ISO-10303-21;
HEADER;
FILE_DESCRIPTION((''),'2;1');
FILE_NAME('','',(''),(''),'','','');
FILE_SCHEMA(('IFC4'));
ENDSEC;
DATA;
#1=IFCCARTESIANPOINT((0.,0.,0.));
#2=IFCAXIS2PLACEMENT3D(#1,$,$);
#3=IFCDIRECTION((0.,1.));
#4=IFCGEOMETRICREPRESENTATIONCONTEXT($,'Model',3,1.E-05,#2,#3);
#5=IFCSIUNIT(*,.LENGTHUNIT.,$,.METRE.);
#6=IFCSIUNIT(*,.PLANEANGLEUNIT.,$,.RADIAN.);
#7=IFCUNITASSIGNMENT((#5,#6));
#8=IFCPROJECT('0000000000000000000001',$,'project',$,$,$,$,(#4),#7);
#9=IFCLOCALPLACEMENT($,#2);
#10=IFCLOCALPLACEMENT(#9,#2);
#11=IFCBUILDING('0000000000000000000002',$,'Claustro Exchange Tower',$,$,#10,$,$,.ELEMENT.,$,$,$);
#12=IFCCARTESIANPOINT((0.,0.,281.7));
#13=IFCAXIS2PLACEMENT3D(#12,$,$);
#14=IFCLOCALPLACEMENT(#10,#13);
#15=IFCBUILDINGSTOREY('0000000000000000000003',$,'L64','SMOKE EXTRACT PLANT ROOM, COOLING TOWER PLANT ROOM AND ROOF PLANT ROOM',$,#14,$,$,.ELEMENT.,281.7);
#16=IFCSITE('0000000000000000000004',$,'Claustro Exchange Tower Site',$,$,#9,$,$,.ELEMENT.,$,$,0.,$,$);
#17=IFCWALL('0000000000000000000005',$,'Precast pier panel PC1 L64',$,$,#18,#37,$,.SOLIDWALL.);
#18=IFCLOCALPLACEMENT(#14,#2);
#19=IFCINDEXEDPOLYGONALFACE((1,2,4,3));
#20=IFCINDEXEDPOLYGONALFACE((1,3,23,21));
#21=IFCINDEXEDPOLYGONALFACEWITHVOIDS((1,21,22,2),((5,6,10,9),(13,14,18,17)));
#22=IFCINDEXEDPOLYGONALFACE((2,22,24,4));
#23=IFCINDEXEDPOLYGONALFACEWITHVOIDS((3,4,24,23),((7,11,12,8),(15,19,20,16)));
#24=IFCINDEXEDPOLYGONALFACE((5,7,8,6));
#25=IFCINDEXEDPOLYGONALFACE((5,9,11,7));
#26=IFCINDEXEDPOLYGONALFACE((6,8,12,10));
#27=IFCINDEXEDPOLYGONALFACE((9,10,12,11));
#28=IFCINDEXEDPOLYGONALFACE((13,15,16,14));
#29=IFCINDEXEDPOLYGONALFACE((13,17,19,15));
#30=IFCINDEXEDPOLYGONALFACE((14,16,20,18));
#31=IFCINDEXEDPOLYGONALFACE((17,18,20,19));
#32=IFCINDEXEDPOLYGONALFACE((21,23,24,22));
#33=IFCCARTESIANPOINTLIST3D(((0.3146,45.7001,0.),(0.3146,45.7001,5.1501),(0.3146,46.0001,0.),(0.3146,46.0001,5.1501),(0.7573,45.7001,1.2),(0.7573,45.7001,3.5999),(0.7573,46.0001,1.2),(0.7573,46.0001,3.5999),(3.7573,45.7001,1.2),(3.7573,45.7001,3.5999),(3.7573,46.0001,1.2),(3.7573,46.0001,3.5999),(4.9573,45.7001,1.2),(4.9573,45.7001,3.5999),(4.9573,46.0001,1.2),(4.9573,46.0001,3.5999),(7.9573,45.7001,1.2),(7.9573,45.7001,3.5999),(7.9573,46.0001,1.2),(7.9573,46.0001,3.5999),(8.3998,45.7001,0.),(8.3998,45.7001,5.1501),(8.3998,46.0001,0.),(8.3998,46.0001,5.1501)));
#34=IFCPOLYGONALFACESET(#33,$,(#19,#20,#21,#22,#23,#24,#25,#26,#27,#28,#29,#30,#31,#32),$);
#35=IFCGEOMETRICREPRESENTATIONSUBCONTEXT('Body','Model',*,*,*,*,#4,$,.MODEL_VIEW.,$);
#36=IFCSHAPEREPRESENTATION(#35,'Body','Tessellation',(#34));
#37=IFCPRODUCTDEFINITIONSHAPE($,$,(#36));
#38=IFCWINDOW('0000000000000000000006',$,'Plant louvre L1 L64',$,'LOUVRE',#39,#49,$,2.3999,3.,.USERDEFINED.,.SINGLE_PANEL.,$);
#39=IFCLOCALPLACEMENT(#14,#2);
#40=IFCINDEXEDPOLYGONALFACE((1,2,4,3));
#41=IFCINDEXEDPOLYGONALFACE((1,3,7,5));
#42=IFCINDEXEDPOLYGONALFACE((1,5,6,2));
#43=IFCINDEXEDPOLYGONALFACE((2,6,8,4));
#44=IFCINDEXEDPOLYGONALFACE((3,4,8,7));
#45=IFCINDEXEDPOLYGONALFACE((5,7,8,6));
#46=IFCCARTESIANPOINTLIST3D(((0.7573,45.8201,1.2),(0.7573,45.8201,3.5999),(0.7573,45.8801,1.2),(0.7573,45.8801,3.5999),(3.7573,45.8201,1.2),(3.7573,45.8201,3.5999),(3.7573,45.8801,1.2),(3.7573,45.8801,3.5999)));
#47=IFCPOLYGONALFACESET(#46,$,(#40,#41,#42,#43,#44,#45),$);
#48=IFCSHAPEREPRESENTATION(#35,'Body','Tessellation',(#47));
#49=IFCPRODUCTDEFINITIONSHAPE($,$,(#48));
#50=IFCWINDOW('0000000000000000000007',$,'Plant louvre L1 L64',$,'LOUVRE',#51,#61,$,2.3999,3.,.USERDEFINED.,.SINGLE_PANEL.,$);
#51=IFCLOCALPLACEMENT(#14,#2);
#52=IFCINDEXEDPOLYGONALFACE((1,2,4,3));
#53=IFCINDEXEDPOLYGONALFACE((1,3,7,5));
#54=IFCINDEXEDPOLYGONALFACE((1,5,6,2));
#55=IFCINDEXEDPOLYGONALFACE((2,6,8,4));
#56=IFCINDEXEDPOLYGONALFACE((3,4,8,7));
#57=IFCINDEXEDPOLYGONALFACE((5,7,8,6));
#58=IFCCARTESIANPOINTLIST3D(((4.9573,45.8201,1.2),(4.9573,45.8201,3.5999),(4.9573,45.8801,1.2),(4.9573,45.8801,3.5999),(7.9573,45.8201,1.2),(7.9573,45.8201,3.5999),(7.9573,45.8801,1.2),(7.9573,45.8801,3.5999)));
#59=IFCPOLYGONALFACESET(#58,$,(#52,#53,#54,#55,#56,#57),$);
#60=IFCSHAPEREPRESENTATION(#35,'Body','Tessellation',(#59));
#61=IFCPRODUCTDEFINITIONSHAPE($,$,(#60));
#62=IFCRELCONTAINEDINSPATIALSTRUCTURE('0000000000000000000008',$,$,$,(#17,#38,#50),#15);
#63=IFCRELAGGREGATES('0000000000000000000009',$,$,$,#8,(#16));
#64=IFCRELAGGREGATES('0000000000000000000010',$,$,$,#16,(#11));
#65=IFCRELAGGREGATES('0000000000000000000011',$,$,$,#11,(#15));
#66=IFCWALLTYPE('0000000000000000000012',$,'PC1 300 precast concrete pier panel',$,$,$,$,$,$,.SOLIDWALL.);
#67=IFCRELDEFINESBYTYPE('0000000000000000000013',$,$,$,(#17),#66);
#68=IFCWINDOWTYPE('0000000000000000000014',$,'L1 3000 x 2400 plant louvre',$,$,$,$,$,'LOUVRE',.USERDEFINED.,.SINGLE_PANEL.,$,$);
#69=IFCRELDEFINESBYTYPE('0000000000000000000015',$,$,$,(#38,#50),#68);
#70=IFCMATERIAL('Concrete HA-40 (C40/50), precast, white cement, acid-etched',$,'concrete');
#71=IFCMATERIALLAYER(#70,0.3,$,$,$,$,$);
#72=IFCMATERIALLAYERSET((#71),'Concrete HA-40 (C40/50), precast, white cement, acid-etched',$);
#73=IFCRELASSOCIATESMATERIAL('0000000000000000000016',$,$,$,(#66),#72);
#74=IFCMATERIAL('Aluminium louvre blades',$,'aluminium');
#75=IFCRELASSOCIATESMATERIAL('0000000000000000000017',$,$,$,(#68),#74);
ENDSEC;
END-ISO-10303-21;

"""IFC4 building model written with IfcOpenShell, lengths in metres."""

from ifc_helpers import new_model, si_unit, direction, frame, frame_2d, origin, place, context, subcontext, project, spatial, rectangle, extrude, material, layer, layer_set, type_object, element, fill, save


model = new_model("IFC4")

# Units and contexts
model_context = context("Model", 3, precision=1e-05, world=origin(), true_north=direction((0.0, 1.0)))
body_context = subcontext(model_context, "Body", "Model", "MODEL_VIEW")
ifc_project = project(units=[si_unit("LENGTHUNIT", "METRE"), si_unit("PLANEANGLEUNIT", "RADIAN")], contexts=[model_context])

# Site, building, storey
site_placement = place(None, origin())
site = spatial("IfcSite", under=ifc_project, at=site_placement, Name="Claustro Exchange Tower Site", CompositionType="ELEMENT", RefElevation=0.0)
building_placement = place(site_placement, origin())
building = spatial("IfcBuilding", under=site, at=building_placement, Name="Claustro Exchange Tower", CompositionType="ELEMENT")
storey_placement = place(building_placement, frame((0.0, 0.0, 281.7)))
storey = spatial("IfcBuildingStorey", under=building, at=storey_placement, Name="L64", Description="SMOKE EXTRACT PLANT ROOM, COOLING TOWER PLANT ROOM AND ROOF PLANT ROOM", CompositionType="ELEMENT", Elevation=281.7)

# Shared definitions
ifc_material_1 = material(Name="Concrete HA-40 (C40/50), precast, white cement, acid-etched", Category="concrete")
ifc_layer_1 = layer(ifc_material_1, 0.3)
ifc_layer_set_1 = layer_set([ifc_layer_1], Name="Concrete HA-40 (C40/50), precast, white cement, acid-etched")
wall_type_1 = type_object("IfcWallType", Name="PC1 300 precast concrete pier panel", PredefinedType="SOLIDWALL", material=ifc_layer_set_1)

# Wall, openings, windows
wall_1_placement = place(storey_placement, frame((0.3147, 45.8501, 0.0), z_axis=(0.0, 0.0, 1.0), x_axis=(1.0, 0.0, 0.0)))
wall_1 = element("IfcWall", 1, at=wall_1_placement, inside=storey, type_object=wall_type_1, Name="Precast pier panel PC1 L64", PredefinedType="SOLIDWALL", context=body_context, shape_type="SweptSolid", body=[
    extrude(rectangle(XDim=8.0852, YDim=0.3, at=frame_2d((4.0425, 0.0))), origin(), (0.0, 0.0, 1.0), 5.1501),
])
opening_1_placement = place(wall_1_placement, frame((0.4426, 0.0, 1.2)))
opening_1 = element("IfcOpeningElement", 2, at=opening_1_placement, cuts=wall_1, PredefinedType="OPENING", context=body_context, shape_type="SweptSolid", body=[
    extrude(rectangle(XDim=3.0, YDim=2.3999, at=frame_2d((1.5, 1.2))), frame((0.0, 0.1599, 0.0), z_axis=(0.0, -1.0, 0.0), x_axis=(1.0, 0.0, 0.0)), (0.0, 0.0, 1.0), 0.3201),
])
opening_2_placement = place(wall_1_placement, frame((4.6426, 0.0, 1.2)))
opening_2 = element("IfcOpeningElement", 3, at=opening_2_placement, cuts=wall_1, PredefinedType="OPENING", context=body_context, shape_type="SweptSolid", body=[
    extrude(rectangle(XDim=3.0, YDim=2.3999, at=frame_2d((1.5, 1.2))), frame((0.0, 0.1599, 0.0), z_axis=(0.0, -1.0, 0.0), x_axis=(1.0, 0.0, 0.0)), (0.0, 0.0, 1.0), 0.3201),
])
ifc_material_2 = material(Name="Aluminium louvre blades", Category="aluminium")
window_type_1 = type_object("IfcWindowType", Name="L1 3000 x 2400 plant louvre", ElementType="LOUVRE", PartitioningType="SINGLE_PANEL", PredefinedType="USERDEFINED", material=ifc_material_2)
window_1_placement = place(opening_1_placement, origin())
window_1 = element("IfcWindow", 4, at=window_1_placement, inside=storey, type_object=window_type_1, Name="Plant louvre L1 L64", ObjectType="LOUVRE", OverallHeight=2.3999, OverallWidth=3.0, PartitioningType="SINGLE_PANEL", PredefinedType="USERDEFINED", context=body_context, shape_type="SweptSolid", body=[
    extrude(rectangle(XDim=3.0, YDim=2.3999, at=frame_2d((1.5, 1.2))), frame((0.0, 0.03, 0.0), z_axis=(0.0, -1.0, 0.0), x_axis=(1.0, 0.0, 0.0)), (0.0, 0.0, 1.0), 0.0601),
])
fill(opening_1, window_1)
window_2_placement = place(opening_2_placement, origin())
window_2 = element("IfcWindow", 5, at=window_2_placement, inside=storey, type_object=window_type_1, Name="Plant louvre L1 L64", ObjectType="LOUVRE", OverallHeight=2.3999, OverallWidth=3.0, PartitioningType="SINGLE_PANEL", PredefinedType="USERDEFINED", context=body_context, shape_type="SweptSolid", body=[
    extrude(rectangle(XDim=3.0, YDim=2.3999, at=frame_2d((1.5, 1.2))), frame((0.0, 0.03, 0.0), z_axis=(0.0, -1.0, 0.0), x_axis=(1.0, 0.0, 0.0)), (0.0, 0.0, 1.0), 0.0601),
])
fill(opening_2, window_2)

save(model, "model.ifc")
